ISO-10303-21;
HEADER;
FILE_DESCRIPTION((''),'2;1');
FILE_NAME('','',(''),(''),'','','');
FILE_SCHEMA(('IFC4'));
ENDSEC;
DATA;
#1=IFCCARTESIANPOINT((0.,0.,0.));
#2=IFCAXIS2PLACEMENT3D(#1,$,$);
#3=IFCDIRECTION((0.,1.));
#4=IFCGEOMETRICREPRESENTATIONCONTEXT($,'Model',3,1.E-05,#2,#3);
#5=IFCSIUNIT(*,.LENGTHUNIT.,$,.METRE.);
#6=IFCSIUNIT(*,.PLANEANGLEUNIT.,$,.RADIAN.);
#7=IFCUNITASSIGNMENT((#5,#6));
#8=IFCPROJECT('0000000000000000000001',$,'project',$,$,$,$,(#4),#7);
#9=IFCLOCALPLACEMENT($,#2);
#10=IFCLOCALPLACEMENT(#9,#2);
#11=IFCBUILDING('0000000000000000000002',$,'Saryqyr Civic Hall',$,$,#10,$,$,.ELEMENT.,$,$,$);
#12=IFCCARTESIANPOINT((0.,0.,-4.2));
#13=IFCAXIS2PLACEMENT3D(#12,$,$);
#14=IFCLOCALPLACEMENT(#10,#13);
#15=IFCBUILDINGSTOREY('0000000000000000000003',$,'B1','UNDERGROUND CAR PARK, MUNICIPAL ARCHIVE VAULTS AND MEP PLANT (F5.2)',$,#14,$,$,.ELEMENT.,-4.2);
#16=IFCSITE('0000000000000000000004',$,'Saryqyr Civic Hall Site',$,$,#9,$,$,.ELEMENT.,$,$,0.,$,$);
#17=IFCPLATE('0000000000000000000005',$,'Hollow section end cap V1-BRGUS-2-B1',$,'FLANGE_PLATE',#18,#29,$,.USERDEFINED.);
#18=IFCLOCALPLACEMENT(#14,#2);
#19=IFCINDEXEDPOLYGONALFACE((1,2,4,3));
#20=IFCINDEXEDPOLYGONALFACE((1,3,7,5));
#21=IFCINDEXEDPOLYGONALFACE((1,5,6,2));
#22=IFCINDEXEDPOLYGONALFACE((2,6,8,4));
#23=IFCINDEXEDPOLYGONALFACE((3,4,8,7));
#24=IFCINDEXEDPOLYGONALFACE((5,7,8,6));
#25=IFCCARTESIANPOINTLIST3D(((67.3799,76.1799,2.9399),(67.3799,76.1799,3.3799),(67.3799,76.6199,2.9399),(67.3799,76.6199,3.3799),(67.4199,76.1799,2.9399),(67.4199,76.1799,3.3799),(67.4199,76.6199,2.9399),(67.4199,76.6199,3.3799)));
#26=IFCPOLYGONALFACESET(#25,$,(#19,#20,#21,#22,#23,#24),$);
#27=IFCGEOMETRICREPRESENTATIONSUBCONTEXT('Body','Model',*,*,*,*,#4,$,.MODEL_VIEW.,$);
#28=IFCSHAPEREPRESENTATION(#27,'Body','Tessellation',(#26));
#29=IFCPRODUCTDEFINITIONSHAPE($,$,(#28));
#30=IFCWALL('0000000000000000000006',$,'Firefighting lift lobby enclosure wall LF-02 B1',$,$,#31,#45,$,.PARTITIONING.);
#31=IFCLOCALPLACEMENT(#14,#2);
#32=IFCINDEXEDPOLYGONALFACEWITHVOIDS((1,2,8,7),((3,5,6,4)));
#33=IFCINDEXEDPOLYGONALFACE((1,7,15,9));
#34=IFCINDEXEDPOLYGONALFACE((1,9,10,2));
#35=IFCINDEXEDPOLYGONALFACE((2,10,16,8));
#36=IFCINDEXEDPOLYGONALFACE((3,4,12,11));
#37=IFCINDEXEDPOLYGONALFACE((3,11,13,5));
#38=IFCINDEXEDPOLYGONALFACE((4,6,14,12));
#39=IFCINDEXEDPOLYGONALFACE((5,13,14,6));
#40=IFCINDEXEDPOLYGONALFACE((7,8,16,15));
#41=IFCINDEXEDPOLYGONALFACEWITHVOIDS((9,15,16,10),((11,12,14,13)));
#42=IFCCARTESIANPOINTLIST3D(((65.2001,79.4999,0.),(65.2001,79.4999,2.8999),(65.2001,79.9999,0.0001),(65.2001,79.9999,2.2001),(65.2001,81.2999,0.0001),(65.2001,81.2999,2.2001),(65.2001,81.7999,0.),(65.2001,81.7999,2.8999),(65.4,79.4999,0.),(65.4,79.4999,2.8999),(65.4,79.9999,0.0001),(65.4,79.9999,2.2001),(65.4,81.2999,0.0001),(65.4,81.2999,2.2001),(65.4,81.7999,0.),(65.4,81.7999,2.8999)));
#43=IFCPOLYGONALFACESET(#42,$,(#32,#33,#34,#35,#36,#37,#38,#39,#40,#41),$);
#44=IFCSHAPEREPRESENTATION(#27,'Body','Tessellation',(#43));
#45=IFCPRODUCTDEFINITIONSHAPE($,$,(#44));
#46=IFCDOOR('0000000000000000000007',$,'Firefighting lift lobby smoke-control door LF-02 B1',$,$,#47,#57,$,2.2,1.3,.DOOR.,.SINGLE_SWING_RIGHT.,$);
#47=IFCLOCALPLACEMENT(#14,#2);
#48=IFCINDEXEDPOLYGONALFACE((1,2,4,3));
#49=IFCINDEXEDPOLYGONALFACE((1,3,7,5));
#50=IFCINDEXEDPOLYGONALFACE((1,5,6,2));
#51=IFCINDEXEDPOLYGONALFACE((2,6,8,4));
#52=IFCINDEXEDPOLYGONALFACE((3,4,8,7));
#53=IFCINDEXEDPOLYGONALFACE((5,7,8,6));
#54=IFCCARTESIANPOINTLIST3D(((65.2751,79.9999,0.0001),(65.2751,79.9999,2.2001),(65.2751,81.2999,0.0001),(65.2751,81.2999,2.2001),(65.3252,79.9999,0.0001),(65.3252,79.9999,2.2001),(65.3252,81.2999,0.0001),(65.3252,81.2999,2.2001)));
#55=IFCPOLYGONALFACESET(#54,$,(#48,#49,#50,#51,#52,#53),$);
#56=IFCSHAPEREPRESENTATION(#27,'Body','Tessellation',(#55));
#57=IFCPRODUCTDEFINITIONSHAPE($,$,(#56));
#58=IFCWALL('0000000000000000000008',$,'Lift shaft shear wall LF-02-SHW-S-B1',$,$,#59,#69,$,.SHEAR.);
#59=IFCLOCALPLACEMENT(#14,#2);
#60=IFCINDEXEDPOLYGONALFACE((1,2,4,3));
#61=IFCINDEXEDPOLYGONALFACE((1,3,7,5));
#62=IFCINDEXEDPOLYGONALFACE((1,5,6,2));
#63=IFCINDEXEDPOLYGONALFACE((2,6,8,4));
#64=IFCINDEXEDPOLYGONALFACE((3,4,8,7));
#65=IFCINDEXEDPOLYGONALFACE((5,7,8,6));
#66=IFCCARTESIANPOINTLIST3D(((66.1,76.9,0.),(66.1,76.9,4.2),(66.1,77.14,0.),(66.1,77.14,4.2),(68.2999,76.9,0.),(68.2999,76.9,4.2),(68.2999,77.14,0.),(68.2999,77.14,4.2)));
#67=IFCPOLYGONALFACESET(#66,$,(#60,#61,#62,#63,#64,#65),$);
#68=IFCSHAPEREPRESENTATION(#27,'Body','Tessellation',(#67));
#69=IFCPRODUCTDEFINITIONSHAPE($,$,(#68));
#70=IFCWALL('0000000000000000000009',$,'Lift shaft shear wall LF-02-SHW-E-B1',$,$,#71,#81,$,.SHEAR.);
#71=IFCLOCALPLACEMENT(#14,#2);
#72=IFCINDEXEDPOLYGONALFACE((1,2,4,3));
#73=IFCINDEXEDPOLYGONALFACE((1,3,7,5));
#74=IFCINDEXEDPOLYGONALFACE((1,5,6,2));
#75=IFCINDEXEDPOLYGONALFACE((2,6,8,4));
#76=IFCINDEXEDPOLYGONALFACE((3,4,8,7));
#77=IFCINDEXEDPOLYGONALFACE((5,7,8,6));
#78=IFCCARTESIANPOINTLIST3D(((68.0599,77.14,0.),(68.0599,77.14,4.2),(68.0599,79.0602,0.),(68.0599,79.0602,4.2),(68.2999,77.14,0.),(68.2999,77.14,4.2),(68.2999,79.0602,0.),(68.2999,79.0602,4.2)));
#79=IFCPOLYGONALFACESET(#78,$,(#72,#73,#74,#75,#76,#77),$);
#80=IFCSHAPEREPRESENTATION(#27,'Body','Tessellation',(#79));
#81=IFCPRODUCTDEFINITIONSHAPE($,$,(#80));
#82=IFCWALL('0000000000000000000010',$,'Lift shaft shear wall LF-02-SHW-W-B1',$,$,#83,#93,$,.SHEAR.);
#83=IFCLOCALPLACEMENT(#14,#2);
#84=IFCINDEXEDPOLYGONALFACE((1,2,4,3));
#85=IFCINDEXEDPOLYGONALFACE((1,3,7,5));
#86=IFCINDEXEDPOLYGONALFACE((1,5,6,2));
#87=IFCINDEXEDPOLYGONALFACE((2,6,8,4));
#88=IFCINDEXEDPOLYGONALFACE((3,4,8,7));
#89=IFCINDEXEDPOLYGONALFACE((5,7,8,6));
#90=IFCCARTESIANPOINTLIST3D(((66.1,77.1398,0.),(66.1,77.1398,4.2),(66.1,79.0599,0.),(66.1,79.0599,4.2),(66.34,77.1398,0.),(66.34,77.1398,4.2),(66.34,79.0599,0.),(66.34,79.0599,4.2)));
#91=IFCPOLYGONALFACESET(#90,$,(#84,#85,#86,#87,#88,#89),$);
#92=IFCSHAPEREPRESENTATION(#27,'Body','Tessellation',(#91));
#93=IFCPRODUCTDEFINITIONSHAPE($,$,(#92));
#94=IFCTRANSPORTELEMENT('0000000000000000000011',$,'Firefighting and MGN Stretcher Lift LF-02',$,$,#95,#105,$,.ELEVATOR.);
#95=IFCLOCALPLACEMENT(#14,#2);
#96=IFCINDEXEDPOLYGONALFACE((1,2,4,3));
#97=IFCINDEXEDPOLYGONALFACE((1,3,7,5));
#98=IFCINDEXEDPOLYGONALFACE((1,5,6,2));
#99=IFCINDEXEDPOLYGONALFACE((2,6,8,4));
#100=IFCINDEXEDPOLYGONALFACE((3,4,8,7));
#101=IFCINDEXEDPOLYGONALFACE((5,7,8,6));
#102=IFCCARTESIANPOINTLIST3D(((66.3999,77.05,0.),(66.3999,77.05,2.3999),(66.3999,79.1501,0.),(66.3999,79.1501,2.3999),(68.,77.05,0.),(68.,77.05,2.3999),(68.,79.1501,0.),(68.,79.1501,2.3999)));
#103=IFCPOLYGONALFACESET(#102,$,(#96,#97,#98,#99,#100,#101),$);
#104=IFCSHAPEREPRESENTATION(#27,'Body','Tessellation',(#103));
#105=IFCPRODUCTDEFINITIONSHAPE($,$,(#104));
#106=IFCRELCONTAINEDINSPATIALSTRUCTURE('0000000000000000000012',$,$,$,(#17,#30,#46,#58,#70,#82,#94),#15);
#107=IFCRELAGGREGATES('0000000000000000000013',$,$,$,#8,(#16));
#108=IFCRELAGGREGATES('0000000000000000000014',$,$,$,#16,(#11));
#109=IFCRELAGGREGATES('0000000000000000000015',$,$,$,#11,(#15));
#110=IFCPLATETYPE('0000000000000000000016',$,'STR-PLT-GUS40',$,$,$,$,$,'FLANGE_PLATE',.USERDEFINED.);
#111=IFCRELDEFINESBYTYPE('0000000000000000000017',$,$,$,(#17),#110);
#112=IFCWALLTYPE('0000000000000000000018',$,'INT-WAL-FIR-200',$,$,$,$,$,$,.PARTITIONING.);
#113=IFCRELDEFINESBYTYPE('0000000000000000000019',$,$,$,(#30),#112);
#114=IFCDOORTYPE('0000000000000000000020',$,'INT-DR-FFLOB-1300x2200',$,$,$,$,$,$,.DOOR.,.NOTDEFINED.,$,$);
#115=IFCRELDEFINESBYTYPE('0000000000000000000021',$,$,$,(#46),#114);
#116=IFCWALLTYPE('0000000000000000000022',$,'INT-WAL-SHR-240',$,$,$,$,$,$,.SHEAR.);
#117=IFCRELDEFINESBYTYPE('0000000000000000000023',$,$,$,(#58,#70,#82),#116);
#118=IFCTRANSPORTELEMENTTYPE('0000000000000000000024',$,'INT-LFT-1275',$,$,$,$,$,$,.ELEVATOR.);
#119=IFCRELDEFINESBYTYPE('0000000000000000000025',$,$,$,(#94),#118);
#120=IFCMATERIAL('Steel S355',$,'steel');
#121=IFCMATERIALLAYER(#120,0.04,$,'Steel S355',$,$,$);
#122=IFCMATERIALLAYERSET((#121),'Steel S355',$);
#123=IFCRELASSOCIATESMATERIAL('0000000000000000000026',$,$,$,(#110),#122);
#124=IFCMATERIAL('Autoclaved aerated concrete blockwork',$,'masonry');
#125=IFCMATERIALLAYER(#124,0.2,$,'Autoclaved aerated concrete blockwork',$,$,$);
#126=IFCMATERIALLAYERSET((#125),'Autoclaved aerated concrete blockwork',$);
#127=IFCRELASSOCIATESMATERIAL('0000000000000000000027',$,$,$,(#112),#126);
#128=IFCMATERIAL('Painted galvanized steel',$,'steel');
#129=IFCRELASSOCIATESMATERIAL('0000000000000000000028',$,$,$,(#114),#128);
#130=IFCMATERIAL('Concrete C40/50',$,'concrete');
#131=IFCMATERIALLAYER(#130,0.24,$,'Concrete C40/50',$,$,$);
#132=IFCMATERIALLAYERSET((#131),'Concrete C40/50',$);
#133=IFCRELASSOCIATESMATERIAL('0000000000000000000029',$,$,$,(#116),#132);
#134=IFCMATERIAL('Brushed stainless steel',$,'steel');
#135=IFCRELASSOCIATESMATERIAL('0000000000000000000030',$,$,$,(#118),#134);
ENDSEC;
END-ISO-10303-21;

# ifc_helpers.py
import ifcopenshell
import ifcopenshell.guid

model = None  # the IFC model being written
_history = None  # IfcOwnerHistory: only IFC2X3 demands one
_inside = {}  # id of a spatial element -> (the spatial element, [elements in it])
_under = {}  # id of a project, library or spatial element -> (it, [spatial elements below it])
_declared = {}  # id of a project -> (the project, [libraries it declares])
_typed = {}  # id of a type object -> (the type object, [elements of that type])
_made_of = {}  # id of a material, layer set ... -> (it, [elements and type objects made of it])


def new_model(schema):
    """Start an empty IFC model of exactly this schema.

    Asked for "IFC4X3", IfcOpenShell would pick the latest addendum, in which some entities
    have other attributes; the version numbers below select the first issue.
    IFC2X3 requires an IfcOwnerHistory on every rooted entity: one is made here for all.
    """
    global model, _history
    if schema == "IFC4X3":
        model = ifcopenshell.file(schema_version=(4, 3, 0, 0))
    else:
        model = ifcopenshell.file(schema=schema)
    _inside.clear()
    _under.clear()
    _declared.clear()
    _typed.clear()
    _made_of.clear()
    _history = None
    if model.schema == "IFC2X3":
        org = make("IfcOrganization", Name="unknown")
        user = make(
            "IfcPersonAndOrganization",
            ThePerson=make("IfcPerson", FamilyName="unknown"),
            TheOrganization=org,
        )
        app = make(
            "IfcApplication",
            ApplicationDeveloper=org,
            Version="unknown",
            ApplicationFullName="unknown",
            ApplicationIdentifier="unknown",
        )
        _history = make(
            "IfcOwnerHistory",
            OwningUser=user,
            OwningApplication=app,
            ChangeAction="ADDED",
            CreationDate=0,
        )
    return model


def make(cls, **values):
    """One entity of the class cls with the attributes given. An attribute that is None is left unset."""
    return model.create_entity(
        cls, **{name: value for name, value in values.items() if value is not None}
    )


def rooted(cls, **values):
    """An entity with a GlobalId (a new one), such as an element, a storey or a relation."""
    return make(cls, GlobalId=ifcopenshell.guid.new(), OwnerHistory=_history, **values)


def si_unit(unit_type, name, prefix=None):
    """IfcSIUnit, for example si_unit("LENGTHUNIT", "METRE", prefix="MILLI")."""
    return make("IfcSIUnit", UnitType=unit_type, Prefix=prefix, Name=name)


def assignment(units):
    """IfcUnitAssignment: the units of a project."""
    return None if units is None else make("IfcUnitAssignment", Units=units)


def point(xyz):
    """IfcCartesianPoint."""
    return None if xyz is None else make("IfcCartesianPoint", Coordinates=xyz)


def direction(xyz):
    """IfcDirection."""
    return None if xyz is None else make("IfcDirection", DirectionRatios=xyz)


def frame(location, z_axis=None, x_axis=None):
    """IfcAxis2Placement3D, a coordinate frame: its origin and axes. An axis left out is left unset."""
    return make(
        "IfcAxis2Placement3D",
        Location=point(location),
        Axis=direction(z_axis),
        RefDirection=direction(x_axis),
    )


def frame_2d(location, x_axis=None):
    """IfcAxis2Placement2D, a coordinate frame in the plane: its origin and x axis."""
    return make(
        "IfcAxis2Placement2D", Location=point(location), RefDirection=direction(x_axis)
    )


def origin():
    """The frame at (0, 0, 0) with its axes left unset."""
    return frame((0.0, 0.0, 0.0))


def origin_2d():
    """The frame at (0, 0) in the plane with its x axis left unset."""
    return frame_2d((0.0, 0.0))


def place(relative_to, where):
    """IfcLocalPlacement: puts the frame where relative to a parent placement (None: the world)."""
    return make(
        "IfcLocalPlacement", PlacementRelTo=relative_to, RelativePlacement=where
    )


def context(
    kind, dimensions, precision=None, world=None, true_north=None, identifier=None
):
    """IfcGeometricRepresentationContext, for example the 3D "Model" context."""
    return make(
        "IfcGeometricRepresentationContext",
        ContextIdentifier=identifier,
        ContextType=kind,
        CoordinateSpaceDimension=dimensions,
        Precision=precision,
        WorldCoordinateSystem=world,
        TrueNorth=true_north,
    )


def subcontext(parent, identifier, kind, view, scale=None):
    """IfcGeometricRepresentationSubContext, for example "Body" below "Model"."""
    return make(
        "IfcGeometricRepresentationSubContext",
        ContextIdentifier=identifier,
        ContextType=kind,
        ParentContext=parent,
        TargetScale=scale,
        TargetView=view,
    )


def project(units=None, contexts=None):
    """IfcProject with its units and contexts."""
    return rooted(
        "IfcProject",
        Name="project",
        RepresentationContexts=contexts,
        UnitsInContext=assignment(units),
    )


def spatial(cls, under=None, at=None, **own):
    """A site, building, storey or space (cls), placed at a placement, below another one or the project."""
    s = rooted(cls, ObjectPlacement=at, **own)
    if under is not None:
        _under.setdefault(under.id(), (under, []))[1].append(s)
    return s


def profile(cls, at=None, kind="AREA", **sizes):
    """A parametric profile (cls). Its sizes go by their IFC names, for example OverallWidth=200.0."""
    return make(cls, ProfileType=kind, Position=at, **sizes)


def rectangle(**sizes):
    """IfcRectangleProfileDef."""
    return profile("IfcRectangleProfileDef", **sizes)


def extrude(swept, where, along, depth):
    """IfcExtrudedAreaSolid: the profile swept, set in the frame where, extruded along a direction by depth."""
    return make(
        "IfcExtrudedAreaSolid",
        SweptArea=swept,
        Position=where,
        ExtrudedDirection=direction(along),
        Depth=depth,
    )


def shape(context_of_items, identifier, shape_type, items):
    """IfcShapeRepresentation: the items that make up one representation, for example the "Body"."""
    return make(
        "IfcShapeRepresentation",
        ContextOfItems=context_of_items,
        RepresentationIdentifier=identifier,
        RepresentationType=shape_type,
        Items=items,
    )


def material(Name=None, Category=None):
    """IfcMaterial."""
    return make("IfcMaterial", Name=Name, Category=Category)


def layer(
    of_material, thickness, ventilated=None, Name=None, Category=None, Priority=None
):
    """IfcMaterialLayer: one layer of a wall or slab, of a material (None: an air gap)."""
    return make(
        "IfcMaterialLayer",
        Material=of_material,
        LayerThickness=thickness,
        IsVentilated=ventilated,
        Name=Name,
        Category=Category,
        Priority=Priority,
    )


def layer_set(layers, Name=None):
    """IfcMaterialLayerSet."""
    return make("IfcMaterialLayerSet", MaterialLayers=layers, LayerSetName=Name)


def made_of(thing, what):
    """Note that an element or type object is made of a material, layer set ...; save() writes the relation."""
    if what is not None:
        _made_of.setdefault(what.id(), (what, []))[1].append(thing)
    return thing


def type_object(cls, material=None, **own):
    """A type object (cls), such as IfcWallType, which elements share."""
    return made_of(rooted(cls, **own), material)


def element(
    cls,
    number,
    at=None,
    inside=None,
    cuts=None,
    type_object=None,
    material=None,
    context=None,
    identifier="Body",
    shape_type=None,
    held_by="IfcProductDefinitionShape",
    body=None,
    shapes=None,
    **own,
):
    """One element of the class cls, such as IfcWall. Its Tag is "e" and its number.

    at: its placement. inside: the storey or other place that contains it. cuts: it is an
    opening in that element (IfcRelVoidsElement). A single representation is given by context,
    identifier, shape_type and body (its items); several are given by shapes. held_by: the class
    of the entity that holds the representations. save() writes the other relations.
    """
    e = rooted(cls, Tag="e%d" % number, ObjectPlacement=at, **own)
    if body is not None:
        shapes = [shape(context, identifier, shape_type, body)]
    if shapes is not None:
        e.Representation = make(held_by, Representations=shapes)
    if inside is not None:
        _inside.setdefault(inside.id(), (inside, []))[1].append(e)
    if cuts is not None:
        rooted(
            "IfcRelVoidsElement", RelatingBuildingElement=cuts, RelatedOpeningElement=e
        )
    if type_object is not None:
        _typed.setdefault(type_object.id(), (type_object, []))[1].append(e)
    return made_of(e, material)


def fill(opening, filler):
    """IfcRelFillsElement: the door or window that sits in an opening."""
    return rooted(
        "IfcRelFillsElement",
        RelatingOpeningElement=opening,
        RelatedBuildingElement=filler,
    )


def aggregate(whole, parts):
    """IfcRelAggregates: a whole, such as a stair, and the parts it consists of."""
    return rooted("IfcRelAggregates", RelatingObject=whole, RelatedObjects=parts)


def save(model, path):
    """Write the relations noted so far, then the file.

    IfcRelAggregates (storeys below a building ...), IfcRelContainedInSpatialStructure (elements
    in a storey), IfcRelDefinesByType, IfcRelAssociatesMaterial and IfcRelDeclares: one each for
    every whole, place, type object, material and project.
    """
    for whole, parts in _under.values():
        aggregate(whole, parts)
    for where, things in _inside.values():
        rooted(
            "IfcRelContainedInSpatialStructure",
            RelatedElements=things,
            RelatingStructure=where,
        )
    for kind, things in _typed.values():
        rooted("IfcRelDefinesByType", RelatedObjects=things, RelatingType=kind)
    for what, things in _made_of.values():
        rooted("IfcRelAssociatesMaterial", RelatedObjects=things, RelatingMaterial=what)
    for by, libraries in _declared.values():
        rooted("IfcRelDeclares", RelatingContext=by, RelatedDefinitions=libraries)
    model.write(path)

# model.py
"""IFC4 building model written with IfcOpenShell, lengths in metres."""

from ifc_helpers import new_model, si_unit, direction, frame, frame_2d, origin, origin_2d, place, context, subcontext, project, spatial, rectangle, extrude, material, layer, layer_set, type_object, element, fill, save


model = new_model("IFC4")

# Units and contexts
model_context = context("Model", 3, precision=1e-05, world=origin(), true_north=direction((0.0, 1.0)))
body_context = subcontext(model_context, "Body", "Model", "MODEL_VIEW")
ifc_project = project(units=[si_unit("LENGTHUNIT", "METRE"), si_unit("PLANEANGLEUNIT", "RADIAN")], contexts=[model_context])

# Site, building, storey
site_placement = place(None, origin())
site = spatial("IfcSite", under=ifc_project, at=site_placement, Name="Saryqyr Civic Hall Site", CompositionType="ELEMENT", RefElevation=0.0)
building_placement = place(site_placement, origin())
building = spatial("IfcBuilding", under=site, at=building_placement, Name="Saryqyr Civic Hall", CompositionType="ELEMENT")
storey_placement = place(building_placement, frame((0.0, 0.0, -4.2)))
storey = spatial("IfcBuildingStorey", under=building, at=storey_placement, Name="B1", Description="UNDERGROUND CAR PARK, MUNICIPAL ARCHIVE VAULTS AND MEP PLANT (F5.2)", CompositionType="ELEMENT", Elevation=-4.2)

# Shared definitions
ifc_material_1 = material(Name="Concrete C40/50", Category="concrete")

# Shared definitions
ifc_material_2 = material(Name="Steel S355", Category="steel")

# Plate
ifc_layer_1 = layer(ifc_material_2, 0.04, Name="Steel S355")
ifc_layer_set_1 = layer_set([ifc_layer_1], Name="Steel S355")
plate_type_1 = type_object("IfcPlateType", Name="STR-PLT-GUS40", ElementType="FLANGE_PLATE", PredefinedType="USERDEFINED", material=ifc_layer_set_1)
plate_placement = place(storey_placement, frame((67.3999, 76.3999, 2.9399), z_axis=(0.0, 0.0, 1.0), x_axis=(1.0, 0.0, 0.0)))
element("IfcPlate", 1, at=plate_placement, inside=storey, type_object=plate_type_1, Name="Hollow section end cap V1-BRGUS-2-B1", ObjectType="FLANGE_PLATE", PredefinedType="USERDEFINED", context=body_context, shape_type="SweptSolid", body=[
    extrude(rectangle(XDim=0.04, YDim=0.4399, at=origin_2d()), origin(), (0.0, 0.0, 1.0), 0.4399),
])

# Wall, opening, door
ifc_material_3 = material(Name="Autoclaved aerated concrete blockwork", Category="masonry")
ifc_layer_2 = layer(ifc_material_3, 0.2, Name="Autoclaved aerated concrete blockwork")
ifc_layer_set_2 = layer_set([ifc_layer_2], Name="Autoclaved aerated concrete blockwork")
wall_type_1 = type_object("IfcWallType", Name="INT-WAL-FIR-200", PredefinedType="PARTITIONING", material=ifc_layer_set_2)
wall_1_placement = place(storey_placement, frame((65.3, 79.5, 0.0), z_axis=(0.0, 0.0, 1.0), x_axis=(0.0, 1.0, 0.0)))
wall_1 = element("IfcWall", 2, at=wall_1_placement, inside=storey, type_object=wall_type_1, Name="Firefighting lift lobby enclosure wall LF-02 B1", PredefinedType="PARTITIONING", context=body_context, shape_type="SweptSolid", body=[
    extrude(rectangle(XDim=2.3, YDim=0.2, at=frame_2d((1.1499, 0.0))), origin(), (0.0, 0.0, 1.0), 2.8999),
])
opening_1_placement = place(wall_1_placement, frame((0.5, 0.0, 0.0)))
opening_1 = element("IfcOpeningElement", 3, at=opening_1_placement, cuts=wall_1, PredefinedType="OPENING", context=body_context, shape_type="SweptSolid", body=[
    extrude(rectangle(XDim=1.3, YDim=2.2, at=frame_2d((0.6499, 1.1001))), frame((0.0, 0.1099, 0.0), z_axis=(0.0, -1.0, 0.0), x_axis=(1.0, 0.0, 0.0)), (0.0, 0.0, 1.0), 0.22),
])
ifc_material_4 = material(Name="Painted galvanized steel", Category="steel")
door_type_1 = type_object("IfcDoorType", Name="INT-DR-FFLOB-1300x2200", OperationType="NOTDEFINED", PredefinedType="DOOR", material=ifc_material_4)
door_1_placement = place(opening_1_placement, origin())
door_1 = element("IfcDoor", 4, at=door_1_placement, inside=storey, type_object=door_type_1, Name="Firefighting lift lobby smoke-control door LF-02 B1", OperationType="SINGLE_SWING_RIGHT", OverallHeight=2.2, OverallWidth=1.3, PredefinedType="DOOR", context=body_context, shape_type="SweptSolid", body=[
    extrude(rectangle(XDim=1.3, YDim=2.2, at=frame_2d((0.6499, 1.1001))), frame((0.0, 0.0249, 0.0), z_axis=(0.0, -1.0, 0.0), x_axis=(1.0, 0.0, 0.0)), (0.0, 0.0, 1.0), 0.05),
])
fill(opening_1, door_1)

# Walls
ifc_layer_3 = layer(ifc_material_1, 0.24, Name="Concrete C40/50")
ifc_layer_set_3 = layer_set([ifc_layer_3], Name="Concrete C40/50")
wall_type_2 = type_object("IfcWallType", Name="INT-WAL-SHR-240", PredefinedType="SHEAR", material=ifc_layer_set_3)
wall_2_placement = place(storey_placement, frame((68.3, 77.02, 0.0), z_axis=(0.0, 0.0, 1.0), x_axis=(-1.0, 0.0, 0.0)))
element("IfcWall", 5, at=wall_2_placement, inside=storey, type_object=wall_type_2, Name="Lift shaft shear wall LF-02-SHW-S-B1", PredefinedType="SHEAR", context=body_context, shape_type="SweptSolid", body=[
    extrude(rectangle(XDim=2.2, YDim=0.24, at=frame_2d((1.1001, 0.0))), origin(), (0.0, 0.0, 1.0), 4.2),
])
wall_3_placement = place(storey_placement, frame((68.1799, 79.0601, 0.0), z_axis=(0.0, 0.0, 1.0), x_axis=(0.0, -1.0, 0.0)))
element("IfcWall", 6, at=wall_3_placement, inside=storey, type_object=wall_type_2, Name="Lift shaft shear wall LF-02-SHW-E-B1", PredefinedType="SHEAR", context=body_context, shape_type="SweptSolid", body=[
    extrude(rectangle(XDim=1.9202, YDim=0.24, at=frame_2d((0.96, 0.0))), origin(), (0.0, 0.0, 1.0), 4.2),
])

# Shared definitions
ifc_material_5 = material(Name="Brushed stainless steel", Category="steel")

# Wall
wall_4_placement = place(storey_placement, frame((66.22, 77.1399, 0.0), z_axis=(0.0, 0.0, 1.0), x_axis=(0.0, 1.0, 0.0)))
element("IfcWall", 7, at=wall_4_placement, inside=storey, type_object=wall_type_2, Name="Lift shaft shear wall LF-02-SHW-W-B1", PredefinedType="SHEAR", context=body_context, shape_type="SweptSolid", body=[
    extrude(rectangle(XDim=1.9202, YDim=0.24, at=frame_2d((0.96, 0.0))), origin(), (0.0, 0.0, 1.0), 4.2),
])

# Transport element
transport_element_type = type_object("IfcTransportElementType", Name="INT-LFT-1275", PredefinedType="ELEVATOR", material=ifc_material_5)
transport_element_placement = place(storey_placement, frame((67.2, 78.1001, 0.0), z_axis=(0.0, 0.0, 1.0), x_axis=(1.0, 0.0, 0.0)))
element("IfcTransportElement", 8, at=transport_element_placement, inside=storey, type_object=transport_element_type, Name="Firefighting and MGN Stretcher Lift LF-02", PredefinedType="ELEVATOR", context=body_context, shape_type="SweptSolid", body=[
    extrude(rectangle(XDim=1.6001, YDim=2.1001, at=origin_2d()), origin(), (0.0, 0.0, 1.0), 2.3999),
])

save(model, "model.ifc")
